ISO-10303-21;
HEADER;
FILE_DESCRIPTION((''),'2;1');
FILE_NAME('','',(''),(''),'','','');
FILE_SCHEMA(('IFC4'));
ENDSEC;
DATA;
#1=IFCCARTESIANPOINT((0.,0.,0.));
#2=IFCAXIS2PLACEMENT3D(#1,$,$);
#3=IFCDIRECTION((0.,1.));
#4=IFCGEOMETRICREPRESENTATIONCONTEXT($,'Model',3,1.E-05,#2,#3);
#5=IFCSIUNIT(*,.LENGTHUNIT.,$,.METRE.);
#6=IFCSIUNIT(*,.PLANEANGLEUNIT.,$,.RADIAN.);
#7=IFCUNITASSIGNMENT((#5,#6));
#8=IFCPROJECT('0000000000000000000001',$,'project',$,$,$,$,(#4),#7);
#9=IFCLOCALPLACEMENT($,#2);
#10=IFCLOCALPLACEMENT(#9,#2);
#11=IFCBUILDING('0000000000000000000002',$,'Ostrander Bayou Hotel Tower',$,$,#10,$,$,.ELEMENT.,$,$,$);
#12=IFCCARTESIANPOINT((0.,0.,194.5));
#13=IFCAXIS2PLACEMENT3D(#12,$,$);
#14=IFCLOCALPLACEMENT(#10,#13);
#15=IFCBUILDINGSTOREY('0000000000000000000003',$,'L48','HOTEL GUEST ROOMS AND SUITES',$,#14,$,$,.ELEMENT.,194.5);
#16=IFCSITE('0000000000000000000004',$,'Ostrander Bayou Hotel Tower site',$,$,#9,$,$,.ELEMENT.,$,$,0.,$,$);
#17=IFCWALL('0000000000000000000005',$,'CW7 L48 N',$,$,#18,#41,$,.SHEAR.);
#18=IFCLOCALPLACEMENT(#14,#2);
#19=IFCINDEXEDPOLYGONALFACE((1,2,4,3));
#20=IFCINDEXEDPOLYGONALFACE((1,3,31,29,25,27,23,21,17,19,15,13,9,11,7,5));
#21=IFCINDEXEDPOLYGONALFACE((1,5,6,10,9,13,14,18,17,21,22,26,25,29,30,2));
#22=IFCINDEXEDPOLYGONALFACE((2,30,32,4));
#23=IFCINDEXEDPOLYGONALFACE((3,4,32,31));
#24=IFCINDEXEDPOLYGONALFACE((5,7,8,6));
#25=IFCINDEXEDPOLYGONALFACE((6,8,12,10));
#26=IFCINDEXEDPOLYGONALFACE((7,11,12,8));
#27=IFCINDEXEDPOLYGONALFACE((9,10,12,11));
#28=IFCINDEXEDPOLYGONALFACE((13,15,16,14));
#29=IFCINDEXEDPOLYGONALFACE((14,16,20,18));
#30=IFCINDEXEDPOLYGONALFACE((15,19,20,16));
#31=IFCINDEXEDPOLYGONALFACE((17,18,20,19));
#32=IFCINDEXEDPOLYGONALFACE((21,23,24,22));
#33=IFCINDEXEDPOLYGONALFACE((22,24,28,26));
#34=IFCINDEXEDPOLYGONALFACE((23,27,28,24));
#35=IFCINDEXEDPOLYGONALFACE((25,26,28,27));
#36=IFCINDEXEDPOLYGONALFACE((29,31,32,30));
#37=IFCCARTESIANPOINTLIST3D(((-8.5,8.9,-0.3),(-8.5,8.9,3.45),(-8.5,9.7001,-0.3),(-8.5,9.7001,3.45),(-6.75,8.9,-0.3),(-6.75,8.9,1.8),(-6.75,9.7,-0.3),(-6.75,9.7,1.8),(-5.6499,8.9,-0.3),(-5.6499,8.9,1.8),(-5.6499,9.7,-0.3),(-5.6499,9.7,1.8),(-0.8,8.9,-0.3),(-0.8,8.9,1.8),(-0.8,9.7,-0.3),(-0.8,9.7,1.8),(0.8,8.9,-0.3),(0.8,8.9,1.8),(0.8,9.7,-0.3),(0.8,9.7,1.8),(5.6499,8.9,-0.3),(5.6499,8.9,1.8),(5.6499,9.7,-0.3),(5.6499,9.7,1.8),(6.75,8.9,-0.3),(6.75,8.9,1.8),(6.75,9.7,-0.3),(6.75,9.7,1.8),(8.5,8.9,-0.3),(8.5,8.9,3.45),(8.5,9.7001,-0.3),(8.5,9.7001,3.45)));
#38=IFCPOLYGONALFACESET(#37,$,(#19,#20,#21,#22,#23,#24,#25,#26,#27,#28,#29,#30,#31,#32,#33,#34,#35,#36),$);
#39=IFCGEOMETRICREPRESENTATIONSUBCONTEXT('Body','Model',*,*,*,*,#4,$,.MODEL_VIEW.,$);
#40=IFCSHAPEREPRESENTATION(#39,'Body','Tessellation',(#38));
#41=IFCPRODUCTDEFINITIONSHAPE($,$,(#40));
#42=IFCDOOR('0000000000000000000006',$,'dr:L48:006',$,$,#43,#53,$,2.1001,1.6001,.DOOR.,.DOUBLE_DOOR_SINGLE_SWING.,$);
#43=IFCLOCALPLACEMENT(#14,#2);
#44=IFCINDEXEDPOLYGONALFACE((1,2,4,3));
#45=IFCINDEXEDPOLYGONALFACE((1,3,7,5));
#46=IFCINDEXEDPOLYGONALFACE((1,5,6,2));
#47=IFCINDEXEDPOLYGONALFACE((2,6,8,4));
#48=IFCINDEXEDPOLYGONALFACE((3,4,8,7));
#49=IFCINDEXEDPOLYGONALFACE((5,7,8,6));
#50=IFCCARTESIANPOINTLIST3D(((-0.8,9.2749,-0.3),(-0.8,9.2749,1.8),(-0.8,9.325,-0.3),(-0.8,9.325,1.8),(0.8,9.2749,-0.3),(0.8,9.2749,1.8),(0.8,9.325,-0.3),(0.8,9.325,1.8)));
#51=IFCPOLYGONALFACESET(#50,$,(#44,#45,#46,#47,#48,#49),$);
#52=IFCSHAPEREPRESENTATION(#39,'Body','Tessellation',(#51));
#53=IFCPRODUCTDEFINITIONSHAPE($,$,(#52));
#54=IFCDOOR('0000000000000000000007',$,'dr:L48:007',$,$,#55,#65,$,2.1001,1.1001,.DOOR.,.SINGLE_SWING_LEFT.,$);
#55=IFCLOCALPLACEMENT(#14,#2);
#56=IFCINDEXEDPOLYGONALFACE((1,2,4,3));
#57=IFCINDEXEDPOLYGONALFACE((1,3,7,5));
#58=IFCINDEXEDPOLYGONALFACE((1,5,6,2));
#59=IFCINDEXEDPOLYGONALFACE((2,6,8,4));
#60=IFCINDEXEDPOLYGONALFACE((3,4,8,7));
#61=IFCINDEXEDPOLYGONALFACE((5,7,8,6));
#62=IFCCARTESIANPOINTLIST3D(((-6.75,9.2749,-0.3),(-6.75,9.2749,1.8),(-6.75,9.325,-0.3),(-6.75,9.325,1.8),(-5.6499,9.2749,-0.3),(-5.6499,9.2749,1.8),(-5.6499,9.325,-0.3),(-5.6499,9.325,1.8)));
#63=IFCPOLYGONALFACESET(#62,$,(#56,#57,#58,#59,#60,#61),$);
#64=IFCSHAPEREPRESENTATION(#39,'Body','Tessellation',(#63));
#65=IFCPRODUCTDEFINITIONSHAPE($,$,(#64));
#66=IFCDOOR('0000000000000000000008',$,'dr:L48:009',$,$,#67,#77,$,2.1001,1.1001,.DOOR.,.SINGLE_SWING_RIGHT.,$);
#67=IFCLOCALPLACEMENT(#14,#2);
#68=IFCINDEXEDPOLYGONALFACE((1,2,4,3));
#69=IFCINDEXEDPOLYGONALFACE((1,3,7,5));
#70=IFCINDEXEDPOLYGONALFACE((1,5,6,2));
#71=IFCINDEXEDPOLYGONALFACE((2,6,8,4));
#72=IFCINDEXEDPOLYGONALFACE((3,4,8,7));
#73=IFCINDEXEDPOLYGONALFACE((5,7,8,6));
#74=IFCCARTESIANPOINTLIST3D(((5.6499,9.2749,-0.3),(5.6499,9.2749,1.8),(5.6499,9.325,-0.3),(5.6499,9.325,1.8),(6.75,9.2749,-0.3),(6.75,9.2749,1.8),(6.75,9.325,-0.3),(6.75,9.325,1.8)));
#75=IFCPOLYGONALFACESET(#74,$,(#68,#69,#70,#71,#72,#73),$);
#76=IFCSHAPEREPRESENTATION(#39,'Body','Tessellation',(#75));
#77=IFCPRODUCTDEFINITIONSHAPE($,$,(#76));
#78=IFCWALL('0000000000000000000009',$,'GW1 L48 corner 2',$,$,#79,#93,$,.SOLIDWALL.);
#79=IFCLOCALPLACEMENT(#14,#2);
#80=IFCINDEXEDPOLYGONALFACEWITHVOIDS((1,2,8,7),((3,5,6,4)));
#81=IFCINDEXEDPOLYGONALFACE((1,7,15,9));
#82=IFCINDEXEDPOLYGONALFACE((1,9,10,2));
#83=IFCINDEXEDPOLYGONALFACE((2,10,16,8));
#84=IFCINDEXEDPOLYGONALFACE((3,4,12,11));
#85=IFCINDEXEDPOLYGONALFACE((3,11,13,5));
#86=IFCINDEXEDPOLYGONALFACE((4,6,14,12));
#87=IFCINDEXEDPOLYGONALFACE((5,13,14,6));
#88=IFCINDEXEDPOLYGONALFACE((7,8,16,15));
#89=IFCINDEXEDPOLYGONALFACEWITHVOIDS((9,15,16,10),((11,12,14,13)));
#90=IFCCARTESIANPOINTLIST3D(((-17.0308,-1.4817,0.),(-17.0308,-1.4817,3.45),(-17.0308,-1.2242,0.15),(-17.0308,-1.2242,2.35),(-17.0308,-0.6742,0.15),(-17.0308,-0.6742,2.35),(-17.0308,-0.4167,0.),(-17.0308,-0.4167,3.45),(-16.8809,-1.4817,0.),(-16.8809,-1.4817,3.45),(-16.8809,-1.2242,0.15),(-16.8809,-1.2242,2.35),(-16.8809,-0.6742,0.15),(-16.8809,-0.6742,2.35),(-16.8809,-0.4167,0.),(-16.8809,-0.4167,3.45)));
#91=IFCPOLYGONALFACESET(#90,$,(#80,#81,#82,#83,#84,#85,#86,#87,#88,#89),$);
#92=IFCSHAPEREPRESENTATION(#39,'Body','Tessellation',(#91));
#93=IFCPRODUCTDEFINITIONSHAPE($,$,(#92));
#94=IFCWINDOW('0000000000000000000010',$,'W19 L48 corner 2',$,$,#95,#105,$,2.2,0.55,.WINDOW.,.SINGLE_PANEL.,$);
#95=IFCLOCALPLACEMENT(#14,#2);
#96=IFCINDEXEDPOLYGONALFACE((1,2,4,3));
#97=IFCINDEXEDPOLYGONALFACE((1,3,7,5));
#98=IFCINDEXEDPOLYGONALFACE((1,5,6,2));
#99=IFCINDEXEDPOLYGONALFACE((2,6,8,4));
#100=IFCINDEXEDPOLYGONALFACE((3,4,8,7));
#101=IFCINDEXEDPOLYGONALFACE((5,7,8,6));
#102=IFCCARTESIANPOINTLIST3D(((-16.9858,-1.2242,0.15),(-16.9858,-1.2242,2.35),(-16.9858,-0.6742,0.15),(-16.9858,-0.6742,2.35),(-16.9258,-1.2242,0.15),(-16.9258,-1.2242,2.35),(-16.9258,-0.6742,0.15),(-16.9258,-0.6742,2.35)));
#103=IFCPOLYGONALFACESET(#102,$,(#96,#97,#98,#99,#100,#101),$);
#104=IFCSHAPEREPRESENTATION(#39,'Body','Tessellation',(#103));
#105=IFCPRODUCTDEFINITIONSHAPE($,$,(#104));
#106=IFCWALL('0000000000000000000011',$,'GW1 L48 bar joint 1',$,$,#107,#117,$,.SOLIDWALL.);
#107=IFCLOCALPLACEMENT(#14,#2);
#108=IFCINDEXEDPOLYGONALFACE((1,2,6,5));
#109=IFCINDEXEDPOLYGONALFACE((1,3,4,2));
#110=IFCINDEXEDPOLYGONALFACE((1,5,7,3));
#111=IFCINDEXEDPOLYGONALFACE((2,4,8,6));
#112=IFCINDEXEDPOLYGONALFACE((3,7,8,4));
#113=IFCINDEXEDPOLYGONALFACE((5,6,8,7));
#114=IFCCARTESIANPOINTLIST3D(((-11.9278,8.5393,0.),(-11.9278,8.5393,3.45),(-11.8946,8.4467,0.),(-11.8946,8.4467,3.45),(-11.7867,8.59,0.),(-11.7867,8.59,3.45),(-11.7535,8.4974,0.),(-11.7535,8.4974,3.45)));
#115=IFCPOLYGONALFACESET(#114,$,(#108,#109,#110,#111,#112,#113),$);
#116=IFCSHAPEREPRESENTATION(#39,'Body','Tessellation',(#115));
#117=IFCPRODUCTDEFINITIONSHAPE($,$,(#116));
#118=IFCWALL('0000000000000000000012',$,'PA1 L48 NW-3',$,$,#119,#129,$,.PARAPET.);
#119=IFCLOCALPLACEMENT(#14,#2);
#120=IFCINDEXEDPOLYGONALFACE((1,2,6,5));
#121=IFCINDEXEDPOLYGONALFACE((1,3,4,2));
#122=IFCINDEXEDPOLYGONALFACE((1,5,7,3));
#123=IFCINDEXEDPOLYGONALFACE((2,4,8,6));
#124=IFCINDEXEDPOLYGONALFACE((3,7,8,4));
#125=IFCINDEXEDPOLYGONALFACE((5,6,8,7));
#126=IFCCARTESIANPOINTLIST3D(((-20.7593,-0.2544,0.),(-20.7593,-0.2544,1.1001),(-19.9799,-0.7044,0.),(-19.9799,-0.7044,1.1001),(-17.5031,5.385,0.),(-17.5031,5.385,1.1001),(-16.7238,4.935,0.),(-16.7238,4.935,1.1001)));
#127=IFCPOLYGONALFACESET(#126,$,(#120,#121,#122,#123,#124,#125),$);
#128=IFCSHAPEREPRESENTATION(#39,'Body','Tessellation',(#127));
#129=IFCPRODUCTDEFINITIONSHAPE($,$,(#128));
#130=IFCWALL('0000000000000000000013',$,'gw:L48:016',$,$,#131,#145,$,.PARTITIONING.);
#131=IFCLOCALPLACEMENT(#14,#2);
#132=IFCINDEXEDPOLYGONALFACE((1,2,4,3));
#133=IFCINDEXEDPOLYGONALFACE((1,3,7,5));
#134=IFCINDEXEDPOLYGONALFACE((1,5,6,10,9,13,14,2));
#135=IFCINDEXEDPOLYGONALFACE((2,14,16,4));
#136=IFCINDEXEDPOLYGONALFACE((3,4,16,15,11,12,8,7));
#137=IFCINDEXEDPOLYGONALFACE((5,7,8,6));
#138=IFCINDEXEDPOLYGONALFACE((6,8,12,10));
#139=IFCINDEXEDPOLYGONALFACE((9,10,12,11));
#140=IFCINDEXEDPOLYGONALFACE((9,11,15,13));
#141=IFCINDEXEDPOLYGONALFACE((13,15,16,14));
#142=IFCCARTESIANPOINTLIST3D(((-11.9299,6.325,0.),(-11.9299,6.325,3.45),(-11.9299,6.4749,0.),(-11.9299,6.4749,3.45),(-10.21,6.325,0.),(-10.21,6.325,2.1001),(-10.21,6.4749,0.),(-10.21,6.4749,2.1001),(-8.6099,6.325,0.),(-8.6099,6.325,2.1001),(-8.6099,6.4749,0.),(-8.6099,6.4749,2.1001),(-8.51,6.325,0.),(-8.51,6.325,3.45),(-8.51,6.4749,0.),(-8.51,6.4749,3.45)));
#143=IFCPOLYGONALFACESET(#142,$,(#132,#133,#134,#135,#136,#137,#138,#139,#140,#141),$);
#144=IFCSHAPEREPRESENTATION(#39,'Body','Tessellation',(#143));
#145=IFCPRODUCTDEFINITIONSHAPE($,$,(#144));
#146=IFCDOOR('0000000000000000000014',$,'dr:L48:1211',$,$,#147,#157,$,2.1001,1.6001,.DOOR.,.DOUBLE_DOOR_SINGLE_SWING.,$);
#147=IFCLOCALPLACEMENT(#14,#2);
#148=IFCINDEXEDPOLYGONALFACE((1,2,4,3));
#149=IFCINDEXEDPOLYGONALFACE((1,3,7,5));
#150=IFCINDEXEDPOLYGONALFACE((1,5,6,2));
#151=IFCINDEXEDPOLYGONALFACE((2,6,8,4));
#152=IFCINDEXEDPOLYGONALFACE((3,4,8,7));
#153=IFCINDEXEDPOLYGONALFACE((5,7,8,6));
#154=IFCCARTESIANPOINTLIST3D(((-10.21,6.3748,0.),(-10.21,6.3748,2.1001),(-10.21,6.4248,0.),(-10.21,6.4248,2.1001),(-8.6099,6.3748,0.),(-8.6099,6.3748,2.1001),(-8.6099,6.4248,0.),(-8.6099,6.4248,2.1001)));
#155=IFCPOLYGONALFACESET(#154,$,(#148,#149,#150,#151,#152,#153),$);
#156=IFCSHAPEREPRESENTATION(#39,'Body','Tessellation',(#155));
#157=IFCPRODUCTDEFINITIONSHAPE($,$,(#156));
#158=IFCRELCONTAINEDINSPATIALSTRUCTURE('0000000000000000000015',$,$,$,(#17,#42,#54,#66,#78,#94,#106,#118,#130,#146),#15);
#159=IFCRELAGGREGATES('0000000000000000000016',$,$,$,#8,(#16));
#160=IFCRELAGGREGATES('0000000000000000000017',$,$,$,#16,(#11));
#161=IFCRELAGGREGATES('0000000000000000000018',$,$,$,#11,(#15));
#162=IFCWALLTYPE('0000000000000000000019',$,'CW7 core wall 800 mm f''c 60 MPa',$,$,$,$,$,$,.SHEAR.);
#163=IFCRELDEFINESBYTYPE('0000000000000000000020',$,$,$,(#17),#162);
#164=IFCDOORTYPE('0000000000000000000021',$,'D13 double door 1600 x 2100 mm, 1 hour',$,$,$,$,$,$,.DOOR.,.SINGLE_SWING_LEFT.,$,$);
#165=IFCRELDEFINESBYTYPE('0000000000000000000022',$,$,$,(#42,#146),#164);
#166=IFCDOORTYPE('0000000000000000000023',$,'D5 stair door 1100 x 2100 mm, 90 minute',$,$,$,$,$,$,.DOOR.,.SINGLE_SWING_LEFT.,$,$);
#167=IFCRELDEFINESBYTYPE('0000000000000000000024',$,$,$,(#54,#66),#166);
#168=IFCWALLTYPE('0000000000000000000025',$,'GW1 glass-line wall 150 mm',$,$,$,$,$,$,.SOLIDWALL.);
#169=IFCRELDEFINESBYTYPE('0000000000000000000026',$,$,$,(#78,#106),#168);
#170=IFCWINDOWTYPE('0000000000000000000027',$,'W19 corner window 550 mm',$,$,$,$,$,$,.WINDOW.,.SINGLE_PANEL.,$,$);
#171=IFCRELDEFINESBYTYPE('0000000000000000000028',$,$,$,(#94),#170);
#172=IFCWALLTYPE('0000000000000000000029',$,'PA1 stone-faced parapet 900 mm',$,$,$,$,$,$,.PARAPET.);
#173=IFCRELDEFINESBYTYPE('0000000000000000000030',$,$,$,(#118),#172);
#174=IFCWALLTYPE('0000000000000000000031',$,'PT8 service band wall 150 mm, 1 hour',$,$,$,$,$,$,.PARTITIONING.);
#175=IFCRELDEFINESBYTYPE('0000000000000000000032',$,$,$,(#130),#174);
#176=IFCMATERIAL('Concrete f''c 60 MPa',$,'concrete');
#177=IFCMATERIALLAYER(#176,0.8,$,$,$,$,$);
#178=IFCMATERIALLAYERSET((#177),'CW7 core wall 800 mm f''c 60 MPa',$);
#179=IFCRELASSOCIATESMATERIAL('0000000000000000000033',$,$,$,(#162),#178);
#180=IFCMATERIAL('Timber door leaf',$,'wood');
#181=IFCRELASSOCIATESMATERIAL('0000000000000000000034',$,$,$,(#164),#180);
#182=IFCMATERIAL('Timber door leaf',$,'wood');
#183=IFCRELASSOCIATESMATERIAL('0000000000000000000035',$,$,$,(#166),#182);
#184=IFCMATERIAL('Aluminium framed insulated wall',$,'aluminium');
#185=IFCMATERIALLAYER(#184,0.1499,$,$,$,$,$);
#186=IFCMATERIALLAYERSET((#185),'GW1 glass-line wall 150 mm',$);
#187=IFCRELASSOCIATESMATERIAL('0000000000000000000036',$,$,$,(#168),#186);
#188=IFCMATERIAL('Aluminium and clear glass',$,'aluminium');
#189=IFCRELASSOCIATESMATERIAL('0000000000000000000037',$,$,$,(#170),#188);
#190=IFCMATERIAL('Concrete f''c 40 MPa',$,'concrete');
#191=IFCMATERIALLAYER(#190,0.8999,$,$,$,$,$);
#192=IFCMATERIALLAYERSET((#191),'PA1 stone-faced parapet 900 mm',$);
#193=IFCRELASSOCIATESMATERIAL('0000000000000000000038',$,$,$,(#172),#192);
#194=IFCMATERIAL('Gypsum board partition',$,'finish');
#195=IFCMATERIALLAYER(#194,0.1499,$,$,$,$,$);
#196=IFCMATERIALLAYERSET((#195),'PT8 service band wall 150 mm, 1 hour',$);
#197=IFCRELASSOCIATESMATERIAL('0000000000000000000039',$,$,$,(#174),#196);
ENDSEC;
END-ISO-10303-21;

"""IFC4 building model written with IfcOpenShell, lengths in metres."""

from ifc_helpers import new_model, si_unit, direction, frame, frame_2d, origin, place, context, subcontext, project, spatial, rectangle, extrude, material, layer, layer_set, type_object, element, fill, save


model = new_model("IFC4")

# Units and contexts
model_context = context("Model", 3, precision=1e-05, world=origin(), true_north=direction((0.0, 1.0)))
body_context = subcontext(model_context, "Body", "Model", "MODEL_VIEW")
ifc_project = project(units=[si_unit("LENGTHUNIT", "METRE"), si_unit("PLANEANGLEUNIT", "RADIAN")], contexts=[model_context])

# Site, building, storey
site_placement = place(None, origin())
site = spatial("IfcSite", under=ifc_project, at=site_placement, Name="Ostrander Bayou Hotel Tower site", CompositionType="ELEMENT", RefElevation=0.0)
building_placement = place(site_placement, origin())
building = spatial("IfcBuilding", under=site, at=building_placement, Name="Ostrander Bayou Hotel Tower", CompositionType="ELEMENT")
storey_placement = place(building_placement, frame((0.0, 0.0, 194.5)))
storey = spatial("IfcBuildingStorey", under=building, at=storey_placement, Name="L48", Description="HOTEL GUEST ROOMS AND SUITES", CompositionType="ELEMENT", Elevation=194.5)

# Wall, openings, doors
ifc_material_1 = material(Name="Concrete f'c 60 MPa", Category="concrete")
ifc_layer_1 = layer(ifc_material_1, 0.8)
ifc_layer_set_1 = layer_set([ifc_layer_1], Name="CW7 core wall 800 mm f'c 60 MPa")
wall_type_1 = type_object("IfcWallType", Name="CW7 core wall 800 mm f'c 60 MPa", PredefinedType="SHEAR", material=ifc_layer_set_1)
wall_1_placement = place(storey_placement, frame((-8.5, 9.3, -0.3), z_axis=(0.0, 0.0, 1.0), x_axis=(1.0, 0.0, 0.0)))
wall_1 = element("IfcWall", 1, at=wall_1_placement, inside=storey, type_object=wall_type_1, Name="CW7 L48 N", PredefinedType="SHEAR", context=body_context, shape_type="SweptSolid", body=[
    extrude(rectangle(XDim=17.0, YDim=0.8, at=frame_2d((8.5, 0.0))), origin(), (0.0, 0.0, 1.0), 3.75),
])
opening_1_placement = place(wall_1_placement, frame((7.7, 0.0, 0.0)))
opening_1 = element("IfcOpeningElement", 2, at=opening_1_placement, cuts=wall_1, PredefinedType="OPENING", context=body_context, shape_type="SweptSolid", body=[
    extrude(rectangle(XDim=1.6001, YDim=2.1001, at=frame_2d((0.8, 1.05))), frame((0.0, 0.3999, 0.0), z_axis=(0.0, -1.0, 0.0), x_axis=(1.0, 0.0, 0.0)), (0.0, 0.0, 1.0), 0.8),
])
opening_2_placement = place(wall_1_placement, frame((1.75, 0.0, 0.0)))
opening_2 = element("IfcOpeningElement", 3, at=opening_2_placement, cuts=wall_1, PredefinedType="OPENING", context=body_context, shape_type="SweptSolid", body=[
    extrude(rectangle(XDim=1.1001, YDim=2.1001, at=frame_2d((0.55, 1.05))), frame((0.0, 0.3999, 0.0), z_axis=(0.0, -1.0, 0.0), x_axis=(1.0, 0.0, 0.0)), (0.0, 0.0, 1.0), 0.8),
])
opening_3_placement = place(wall_1_placement, frame((14.1499, 0.0, 0.0)))
opening_3 = element("IfcOpeningElement", 4, at=opening_3_placement, cuts=wall_1, PredefinedType="OPENING", context=body_context, shape_type="SweptSolid", body=[
    extrude(rectangle(XDim=1.1001, YDim=2.1001, at=frame_2d((0.55, 1.05))), frame((0.0, 0.3999, 0.0), z_axis=(0.0, -1.0, 0.0), x_axis=(1.0, 0.0, 0.0)), (0.0, 0.0, 1.0), 0.8),
])
ifc_material_2 = material(Name="Timber door leaf", Category="wood")
door_type_1 = type_object("IfcDoorType", Name="D13 double door 1600 x 2100 mm, 1 hour", OperationType="SINGLE_SWING_LEFT", PredefinedType="DOOR", material=ifc_material_2)
door_1_placement = place(opening_1_placement, origin())
door_1 = element("IfcDoor", 5, at=door_1_placement, inside=storey, type_object=door_type_1, Name="dr:L48:006", OperationType="DOUBLE_DOOR_SINGLE_SWING", OverallHeight=2.1001, OverallWidth=1.6001, PredefinedType="DOOR", context=body_context, shape_type="SweptSolid", body=[
    extrude(rectangle(XDim=1.6001, YDim=2.1001, at=frame_2d((0.8, 1.05))), frame((0.0, 0.0249, 0.0), z_axis=(0.0, -1.0, 0.0), x_axis=(1.0, 0.0, 0.0)), (0.0, 0.0, 1.0), 0.05),
])
fill(opening_1, door_1)
ifc_material_3 = material(Name="Timber door leaf", Category="wood")
door_type_2 = type_object("IfcDoorType", Name="D5 stair door 1100 x 2100 mm, 90 minute", OperationType="SINGLE_SWING_LEFT", PredefinedType="DOOR", material=ifc_material_3)
door_2_placement = place(opening_2_placement, origin())
door_2 = element("IfcDoor", 6, at=door_2_placement, inside=storey, type_object=door_type_2, Name="dr:L48:007", OperationType="SINGLE_SWING_LEFT", OverallHeight=2.1001, OverallWidth=1.1001, PredefinedType="DOOR", context=body_context, shape_type="SweptSolid", body=[
    extrude(rectangle(XDim=1.1001, YDim=2.1001, at=frame_2d((0.55, 1.05))), frame((0.0, 0.0249, 0.0), z_axis=(0.0, -1.0, 0.0), x_axis=(1.0, 0.0, 0.0)), (0.0, 0.0, 1.0), 0.05),
])
fill(opening_2, door_2)
door_3_placement = place(opening_3_placement, origin())
door_3 = element("IfcDoor", 7, at=door_3_placement, inside=storey, type_object=door_type_2, Name="dr:L48:009", OperationType="SINGLE_SWING_RIGHT", OverallHeight=2.1001, OverallWidth=1.1001, PredefinedType="DOOR", context=body_context, shape_type="SweptSolid", body=[
    extrude(rectangle(XDim=1.1001, YDim=2.1001, at=frame_2d((0.55, 1.05))), frame((0.0, 0.0249, 0.0), z_axis=(0.0, -1.0, 0.0), x_axis=(1.0, 0.0, 0.0)), (0.0, 0.0, 1.0), 0.05),
])
fill(opening_3, door_3)

# Shared definitions
ifc_material_4 = material(Name="Aluminium framed insulated wall", Category="aluminium")
ifc_layer_2 = layer(ifc_material_4, 0.1499)
ifc_layer_set_2 = layer_set([ifc_layer_2], Name="GW1 glass-line wall 150 mm")
wall_type_2 = type_object("IfcWallType", Name="GW1 glass-line wall 150 mm", PredefinedType="SOLIDWALL", material=ifc_layer_set_2)

# Wall, opening, window
wall_2_placement = place(storey_placement, frame((-16.9558, -0.4167, 0.0), z_axis=(0.0, 0.0, 1.0), x_axis=(0.0, -1.0, 0.0)))
wall_2 = element("IfcWall", 8, at=wall_2_placement, inside=storey, type_object=wall_type_2, Name="GW1 L48 corner 2", PredefinedType="SOLIDWALL", context=body_context, shape_type="SweptSolid", body=[
    extrude(rectangle(XDim=1.0649, YDim=0.1499, at=frame_2d((0.5325, 0.0))), origin(), (0.0, 0.0, 1.0), 3.45),
])
opening_4_placement = place(wall_2_placement, frame((0.2576, 0.0, 0.1499)))
opening_4 = element("IfcOpeningElement", 9, at=opening_4_placement, cuts=wall_2, PredefinedType="OPENING", context=body_context, shape_type="SweptSolid", body=[
    extrude(rectangle(XDim=0.55, YDim=2.2, at=frame_2d((0.2749, 1.1001))), frame((0.0, 0.075, 0.0), z_axis=(0.0, -1.0, 0.0), x_axis=(1.0, 0.0, 0.0)), (0.0, 0.0, 1.0), 0.1499),
])
ifc_material_5 = material(Name="Aluminium and clear glass", Category="aluminium")
window_type_1 = type_object("IfcWindowType", Name="W19 corner window 550 mm", PartitioningType="SINGLE_PANEL", PredefinedType="WINDOW", material=ifc_material_5)
window_1_placement = place(opening_4_placement, origin())
window_1 = element("IfcWindow", 10, at=window_1_placement, inside=storey, type_object=window_type_1, Name="W19 L48 corner 2", OverallHeight=2.2, OverallWidth=0.55, PartitioningType="SINGLE_PANEL", PredefinedType="WINDOW", context=body_context, shape_type="SweptSolid", body=[
    extrude(rectangle(XDim=0.55, YDim=2.2, at=frame_2d((0.2749, 1.1001))), frame((0.0, 0.03, 0.0), z_axis=(0.0, -1.0, 0.0), x_axis=(1.0, 0.0, 0.0)), (0.0, 0.0, 1.0), 0.0601),
])
fill(opening_4, window_1)

# Walls
wall_3_placement = place(storey_placement, frame((-11.824, 8.4719, 0.0), z_axis=(0.0, 0.0, 1.0), x_axis=(-0.337752, 0.941235, 0.0)))
element("IfcWall", 11, at=wall_3_placement, inside=storey, type_object=wall_type_2, Name="GW1 L48 bar joint 1", PredefinedType="SOLIDWALL", context=body_context, shape_type="SweptSolid", body=[
    extrude(rectangle(XDim=0.0984, YDim=0.1499, at=frame_2d((0.0493, 0.0))), origin(), (0.0, 0.0, 1.0), 3.45),
])
ifc_material_6 = material(Name="Concrete f'c 40 MPa", Category="concrete")
ifc_layer_3 = layer(ifc_material_6, 0.8999)
ifc_layer_set_3 = layer_set([ifc_layer_3], Name="PA1 stone-faced parapet 900 mm")
wall_type_3 = type_object("IfcWallType", Name="PA1 stone-faced parapet 900 mm", PredefinedType="PARAPET", material=ifc_layer_set_3)
wall_4_placement = place(storey_placement, frame((-17.1135, 5.1599, 0.0), z_axis=(0.0, 0.0, 1.0), x_axis=(-0.500022, -0.866013, 0.0)))
element("IfcWall", 12, at=wall_4_placement, inside=storey, type_object=wall_type_3, Name="PA1 L48 NW-3", PredefinedType="PARAPET", context=body_context, shape_type="SweptSolid", body=[
    extrude(rectangle(XDim=6.512, YDim=0.8999, at=frame_2d((3.2559, 0.0))), origin(), (0.0, 0.0, 1.0), 1.1001),
])

# Wall, opening, door
ifc_material_7 = material(Name="Gypsum board partition", Category="finish")
ifc_layer_4 = layer(ifc_material_7, 0.1499)
ifc_layer_set_4 = layer_set([ifc_layer_4], Name="PT8 service band wall 150 mm, 1 hour")
wall_type_4 = type_object("IfcWallType", Name="PT8 service band wall 150 mm, 1 hour", PredefinedType="PARTITIONING", material=ifc_layer_set_4)
wall_5_placement = place(storey_placement, frame((-11.9299, 6.3999, 0.0), z_axis=(0.0, 0.0, 1.0), x_axis=(1.0, 0.0, 0.0)))
wall_5 = element("IfcWall", 13, at=wall_5_placement, inside=storey, type_object=wall_type_4, Name="gw:L48:016", PredefinedType="PARTITIONING", context=body_context, shape_type="SweptSolid", body=[
    extrude(rectangle(XDim=3.4199, YDim=0.1499, at=frame_2d((1.71, 0.0))), origin(), (0.0, 0.0, 1.0), 3.45),
])
opening_5_placement = place(wall_5_placement, frame((1.72, 0.0, 0.0)))
opening_5 = element("IfcOpeningElement", 14, at=opening_5_placement, cuts=wall_5, PredefinedType="OPENING", context=body_context, shape_type="SweptSolid", body=[
    extrude(rectangle(XDim=1.6001, YDim=2.1001, at=frame_2d((0.8, 1.05))), frame((0.0, 0.075, 0.0), z_axis=(0.0, -1.0, 0.0), x_axis=(1.0, 0.0, 0.0)), (0.0, 0.0, 1.0), 0.1499),
])
door_4_placement = place(opening_5_placement, origin())
door_4 = element("IfcDoor", 15, at=door_4_placement, inside=storey, type_object=door_type_1, Name="dr:L48:1211", OperationType="DOUBLE_DOOR_SINGLE_SWING", OverallHeight=2.1001, OverallWidth=1.6001, PredefinedType="DOOR", context=body_context, shape_type="SweptSolid", body=[
    extrude(rectangle(XDim=1.6001, YDim=2.1001, at=frame_2d((0.8, 1.05))), frame((0.0, 0.0249, 0.0), z_axis=(0.0, -1.0, 0.0), x_axis=(1.0, 0.0, 0.0)), (0.0, 0.0, 1.0), 0.05),
])
fill(opening_5, door_4)

save(model, "model.ifc")
